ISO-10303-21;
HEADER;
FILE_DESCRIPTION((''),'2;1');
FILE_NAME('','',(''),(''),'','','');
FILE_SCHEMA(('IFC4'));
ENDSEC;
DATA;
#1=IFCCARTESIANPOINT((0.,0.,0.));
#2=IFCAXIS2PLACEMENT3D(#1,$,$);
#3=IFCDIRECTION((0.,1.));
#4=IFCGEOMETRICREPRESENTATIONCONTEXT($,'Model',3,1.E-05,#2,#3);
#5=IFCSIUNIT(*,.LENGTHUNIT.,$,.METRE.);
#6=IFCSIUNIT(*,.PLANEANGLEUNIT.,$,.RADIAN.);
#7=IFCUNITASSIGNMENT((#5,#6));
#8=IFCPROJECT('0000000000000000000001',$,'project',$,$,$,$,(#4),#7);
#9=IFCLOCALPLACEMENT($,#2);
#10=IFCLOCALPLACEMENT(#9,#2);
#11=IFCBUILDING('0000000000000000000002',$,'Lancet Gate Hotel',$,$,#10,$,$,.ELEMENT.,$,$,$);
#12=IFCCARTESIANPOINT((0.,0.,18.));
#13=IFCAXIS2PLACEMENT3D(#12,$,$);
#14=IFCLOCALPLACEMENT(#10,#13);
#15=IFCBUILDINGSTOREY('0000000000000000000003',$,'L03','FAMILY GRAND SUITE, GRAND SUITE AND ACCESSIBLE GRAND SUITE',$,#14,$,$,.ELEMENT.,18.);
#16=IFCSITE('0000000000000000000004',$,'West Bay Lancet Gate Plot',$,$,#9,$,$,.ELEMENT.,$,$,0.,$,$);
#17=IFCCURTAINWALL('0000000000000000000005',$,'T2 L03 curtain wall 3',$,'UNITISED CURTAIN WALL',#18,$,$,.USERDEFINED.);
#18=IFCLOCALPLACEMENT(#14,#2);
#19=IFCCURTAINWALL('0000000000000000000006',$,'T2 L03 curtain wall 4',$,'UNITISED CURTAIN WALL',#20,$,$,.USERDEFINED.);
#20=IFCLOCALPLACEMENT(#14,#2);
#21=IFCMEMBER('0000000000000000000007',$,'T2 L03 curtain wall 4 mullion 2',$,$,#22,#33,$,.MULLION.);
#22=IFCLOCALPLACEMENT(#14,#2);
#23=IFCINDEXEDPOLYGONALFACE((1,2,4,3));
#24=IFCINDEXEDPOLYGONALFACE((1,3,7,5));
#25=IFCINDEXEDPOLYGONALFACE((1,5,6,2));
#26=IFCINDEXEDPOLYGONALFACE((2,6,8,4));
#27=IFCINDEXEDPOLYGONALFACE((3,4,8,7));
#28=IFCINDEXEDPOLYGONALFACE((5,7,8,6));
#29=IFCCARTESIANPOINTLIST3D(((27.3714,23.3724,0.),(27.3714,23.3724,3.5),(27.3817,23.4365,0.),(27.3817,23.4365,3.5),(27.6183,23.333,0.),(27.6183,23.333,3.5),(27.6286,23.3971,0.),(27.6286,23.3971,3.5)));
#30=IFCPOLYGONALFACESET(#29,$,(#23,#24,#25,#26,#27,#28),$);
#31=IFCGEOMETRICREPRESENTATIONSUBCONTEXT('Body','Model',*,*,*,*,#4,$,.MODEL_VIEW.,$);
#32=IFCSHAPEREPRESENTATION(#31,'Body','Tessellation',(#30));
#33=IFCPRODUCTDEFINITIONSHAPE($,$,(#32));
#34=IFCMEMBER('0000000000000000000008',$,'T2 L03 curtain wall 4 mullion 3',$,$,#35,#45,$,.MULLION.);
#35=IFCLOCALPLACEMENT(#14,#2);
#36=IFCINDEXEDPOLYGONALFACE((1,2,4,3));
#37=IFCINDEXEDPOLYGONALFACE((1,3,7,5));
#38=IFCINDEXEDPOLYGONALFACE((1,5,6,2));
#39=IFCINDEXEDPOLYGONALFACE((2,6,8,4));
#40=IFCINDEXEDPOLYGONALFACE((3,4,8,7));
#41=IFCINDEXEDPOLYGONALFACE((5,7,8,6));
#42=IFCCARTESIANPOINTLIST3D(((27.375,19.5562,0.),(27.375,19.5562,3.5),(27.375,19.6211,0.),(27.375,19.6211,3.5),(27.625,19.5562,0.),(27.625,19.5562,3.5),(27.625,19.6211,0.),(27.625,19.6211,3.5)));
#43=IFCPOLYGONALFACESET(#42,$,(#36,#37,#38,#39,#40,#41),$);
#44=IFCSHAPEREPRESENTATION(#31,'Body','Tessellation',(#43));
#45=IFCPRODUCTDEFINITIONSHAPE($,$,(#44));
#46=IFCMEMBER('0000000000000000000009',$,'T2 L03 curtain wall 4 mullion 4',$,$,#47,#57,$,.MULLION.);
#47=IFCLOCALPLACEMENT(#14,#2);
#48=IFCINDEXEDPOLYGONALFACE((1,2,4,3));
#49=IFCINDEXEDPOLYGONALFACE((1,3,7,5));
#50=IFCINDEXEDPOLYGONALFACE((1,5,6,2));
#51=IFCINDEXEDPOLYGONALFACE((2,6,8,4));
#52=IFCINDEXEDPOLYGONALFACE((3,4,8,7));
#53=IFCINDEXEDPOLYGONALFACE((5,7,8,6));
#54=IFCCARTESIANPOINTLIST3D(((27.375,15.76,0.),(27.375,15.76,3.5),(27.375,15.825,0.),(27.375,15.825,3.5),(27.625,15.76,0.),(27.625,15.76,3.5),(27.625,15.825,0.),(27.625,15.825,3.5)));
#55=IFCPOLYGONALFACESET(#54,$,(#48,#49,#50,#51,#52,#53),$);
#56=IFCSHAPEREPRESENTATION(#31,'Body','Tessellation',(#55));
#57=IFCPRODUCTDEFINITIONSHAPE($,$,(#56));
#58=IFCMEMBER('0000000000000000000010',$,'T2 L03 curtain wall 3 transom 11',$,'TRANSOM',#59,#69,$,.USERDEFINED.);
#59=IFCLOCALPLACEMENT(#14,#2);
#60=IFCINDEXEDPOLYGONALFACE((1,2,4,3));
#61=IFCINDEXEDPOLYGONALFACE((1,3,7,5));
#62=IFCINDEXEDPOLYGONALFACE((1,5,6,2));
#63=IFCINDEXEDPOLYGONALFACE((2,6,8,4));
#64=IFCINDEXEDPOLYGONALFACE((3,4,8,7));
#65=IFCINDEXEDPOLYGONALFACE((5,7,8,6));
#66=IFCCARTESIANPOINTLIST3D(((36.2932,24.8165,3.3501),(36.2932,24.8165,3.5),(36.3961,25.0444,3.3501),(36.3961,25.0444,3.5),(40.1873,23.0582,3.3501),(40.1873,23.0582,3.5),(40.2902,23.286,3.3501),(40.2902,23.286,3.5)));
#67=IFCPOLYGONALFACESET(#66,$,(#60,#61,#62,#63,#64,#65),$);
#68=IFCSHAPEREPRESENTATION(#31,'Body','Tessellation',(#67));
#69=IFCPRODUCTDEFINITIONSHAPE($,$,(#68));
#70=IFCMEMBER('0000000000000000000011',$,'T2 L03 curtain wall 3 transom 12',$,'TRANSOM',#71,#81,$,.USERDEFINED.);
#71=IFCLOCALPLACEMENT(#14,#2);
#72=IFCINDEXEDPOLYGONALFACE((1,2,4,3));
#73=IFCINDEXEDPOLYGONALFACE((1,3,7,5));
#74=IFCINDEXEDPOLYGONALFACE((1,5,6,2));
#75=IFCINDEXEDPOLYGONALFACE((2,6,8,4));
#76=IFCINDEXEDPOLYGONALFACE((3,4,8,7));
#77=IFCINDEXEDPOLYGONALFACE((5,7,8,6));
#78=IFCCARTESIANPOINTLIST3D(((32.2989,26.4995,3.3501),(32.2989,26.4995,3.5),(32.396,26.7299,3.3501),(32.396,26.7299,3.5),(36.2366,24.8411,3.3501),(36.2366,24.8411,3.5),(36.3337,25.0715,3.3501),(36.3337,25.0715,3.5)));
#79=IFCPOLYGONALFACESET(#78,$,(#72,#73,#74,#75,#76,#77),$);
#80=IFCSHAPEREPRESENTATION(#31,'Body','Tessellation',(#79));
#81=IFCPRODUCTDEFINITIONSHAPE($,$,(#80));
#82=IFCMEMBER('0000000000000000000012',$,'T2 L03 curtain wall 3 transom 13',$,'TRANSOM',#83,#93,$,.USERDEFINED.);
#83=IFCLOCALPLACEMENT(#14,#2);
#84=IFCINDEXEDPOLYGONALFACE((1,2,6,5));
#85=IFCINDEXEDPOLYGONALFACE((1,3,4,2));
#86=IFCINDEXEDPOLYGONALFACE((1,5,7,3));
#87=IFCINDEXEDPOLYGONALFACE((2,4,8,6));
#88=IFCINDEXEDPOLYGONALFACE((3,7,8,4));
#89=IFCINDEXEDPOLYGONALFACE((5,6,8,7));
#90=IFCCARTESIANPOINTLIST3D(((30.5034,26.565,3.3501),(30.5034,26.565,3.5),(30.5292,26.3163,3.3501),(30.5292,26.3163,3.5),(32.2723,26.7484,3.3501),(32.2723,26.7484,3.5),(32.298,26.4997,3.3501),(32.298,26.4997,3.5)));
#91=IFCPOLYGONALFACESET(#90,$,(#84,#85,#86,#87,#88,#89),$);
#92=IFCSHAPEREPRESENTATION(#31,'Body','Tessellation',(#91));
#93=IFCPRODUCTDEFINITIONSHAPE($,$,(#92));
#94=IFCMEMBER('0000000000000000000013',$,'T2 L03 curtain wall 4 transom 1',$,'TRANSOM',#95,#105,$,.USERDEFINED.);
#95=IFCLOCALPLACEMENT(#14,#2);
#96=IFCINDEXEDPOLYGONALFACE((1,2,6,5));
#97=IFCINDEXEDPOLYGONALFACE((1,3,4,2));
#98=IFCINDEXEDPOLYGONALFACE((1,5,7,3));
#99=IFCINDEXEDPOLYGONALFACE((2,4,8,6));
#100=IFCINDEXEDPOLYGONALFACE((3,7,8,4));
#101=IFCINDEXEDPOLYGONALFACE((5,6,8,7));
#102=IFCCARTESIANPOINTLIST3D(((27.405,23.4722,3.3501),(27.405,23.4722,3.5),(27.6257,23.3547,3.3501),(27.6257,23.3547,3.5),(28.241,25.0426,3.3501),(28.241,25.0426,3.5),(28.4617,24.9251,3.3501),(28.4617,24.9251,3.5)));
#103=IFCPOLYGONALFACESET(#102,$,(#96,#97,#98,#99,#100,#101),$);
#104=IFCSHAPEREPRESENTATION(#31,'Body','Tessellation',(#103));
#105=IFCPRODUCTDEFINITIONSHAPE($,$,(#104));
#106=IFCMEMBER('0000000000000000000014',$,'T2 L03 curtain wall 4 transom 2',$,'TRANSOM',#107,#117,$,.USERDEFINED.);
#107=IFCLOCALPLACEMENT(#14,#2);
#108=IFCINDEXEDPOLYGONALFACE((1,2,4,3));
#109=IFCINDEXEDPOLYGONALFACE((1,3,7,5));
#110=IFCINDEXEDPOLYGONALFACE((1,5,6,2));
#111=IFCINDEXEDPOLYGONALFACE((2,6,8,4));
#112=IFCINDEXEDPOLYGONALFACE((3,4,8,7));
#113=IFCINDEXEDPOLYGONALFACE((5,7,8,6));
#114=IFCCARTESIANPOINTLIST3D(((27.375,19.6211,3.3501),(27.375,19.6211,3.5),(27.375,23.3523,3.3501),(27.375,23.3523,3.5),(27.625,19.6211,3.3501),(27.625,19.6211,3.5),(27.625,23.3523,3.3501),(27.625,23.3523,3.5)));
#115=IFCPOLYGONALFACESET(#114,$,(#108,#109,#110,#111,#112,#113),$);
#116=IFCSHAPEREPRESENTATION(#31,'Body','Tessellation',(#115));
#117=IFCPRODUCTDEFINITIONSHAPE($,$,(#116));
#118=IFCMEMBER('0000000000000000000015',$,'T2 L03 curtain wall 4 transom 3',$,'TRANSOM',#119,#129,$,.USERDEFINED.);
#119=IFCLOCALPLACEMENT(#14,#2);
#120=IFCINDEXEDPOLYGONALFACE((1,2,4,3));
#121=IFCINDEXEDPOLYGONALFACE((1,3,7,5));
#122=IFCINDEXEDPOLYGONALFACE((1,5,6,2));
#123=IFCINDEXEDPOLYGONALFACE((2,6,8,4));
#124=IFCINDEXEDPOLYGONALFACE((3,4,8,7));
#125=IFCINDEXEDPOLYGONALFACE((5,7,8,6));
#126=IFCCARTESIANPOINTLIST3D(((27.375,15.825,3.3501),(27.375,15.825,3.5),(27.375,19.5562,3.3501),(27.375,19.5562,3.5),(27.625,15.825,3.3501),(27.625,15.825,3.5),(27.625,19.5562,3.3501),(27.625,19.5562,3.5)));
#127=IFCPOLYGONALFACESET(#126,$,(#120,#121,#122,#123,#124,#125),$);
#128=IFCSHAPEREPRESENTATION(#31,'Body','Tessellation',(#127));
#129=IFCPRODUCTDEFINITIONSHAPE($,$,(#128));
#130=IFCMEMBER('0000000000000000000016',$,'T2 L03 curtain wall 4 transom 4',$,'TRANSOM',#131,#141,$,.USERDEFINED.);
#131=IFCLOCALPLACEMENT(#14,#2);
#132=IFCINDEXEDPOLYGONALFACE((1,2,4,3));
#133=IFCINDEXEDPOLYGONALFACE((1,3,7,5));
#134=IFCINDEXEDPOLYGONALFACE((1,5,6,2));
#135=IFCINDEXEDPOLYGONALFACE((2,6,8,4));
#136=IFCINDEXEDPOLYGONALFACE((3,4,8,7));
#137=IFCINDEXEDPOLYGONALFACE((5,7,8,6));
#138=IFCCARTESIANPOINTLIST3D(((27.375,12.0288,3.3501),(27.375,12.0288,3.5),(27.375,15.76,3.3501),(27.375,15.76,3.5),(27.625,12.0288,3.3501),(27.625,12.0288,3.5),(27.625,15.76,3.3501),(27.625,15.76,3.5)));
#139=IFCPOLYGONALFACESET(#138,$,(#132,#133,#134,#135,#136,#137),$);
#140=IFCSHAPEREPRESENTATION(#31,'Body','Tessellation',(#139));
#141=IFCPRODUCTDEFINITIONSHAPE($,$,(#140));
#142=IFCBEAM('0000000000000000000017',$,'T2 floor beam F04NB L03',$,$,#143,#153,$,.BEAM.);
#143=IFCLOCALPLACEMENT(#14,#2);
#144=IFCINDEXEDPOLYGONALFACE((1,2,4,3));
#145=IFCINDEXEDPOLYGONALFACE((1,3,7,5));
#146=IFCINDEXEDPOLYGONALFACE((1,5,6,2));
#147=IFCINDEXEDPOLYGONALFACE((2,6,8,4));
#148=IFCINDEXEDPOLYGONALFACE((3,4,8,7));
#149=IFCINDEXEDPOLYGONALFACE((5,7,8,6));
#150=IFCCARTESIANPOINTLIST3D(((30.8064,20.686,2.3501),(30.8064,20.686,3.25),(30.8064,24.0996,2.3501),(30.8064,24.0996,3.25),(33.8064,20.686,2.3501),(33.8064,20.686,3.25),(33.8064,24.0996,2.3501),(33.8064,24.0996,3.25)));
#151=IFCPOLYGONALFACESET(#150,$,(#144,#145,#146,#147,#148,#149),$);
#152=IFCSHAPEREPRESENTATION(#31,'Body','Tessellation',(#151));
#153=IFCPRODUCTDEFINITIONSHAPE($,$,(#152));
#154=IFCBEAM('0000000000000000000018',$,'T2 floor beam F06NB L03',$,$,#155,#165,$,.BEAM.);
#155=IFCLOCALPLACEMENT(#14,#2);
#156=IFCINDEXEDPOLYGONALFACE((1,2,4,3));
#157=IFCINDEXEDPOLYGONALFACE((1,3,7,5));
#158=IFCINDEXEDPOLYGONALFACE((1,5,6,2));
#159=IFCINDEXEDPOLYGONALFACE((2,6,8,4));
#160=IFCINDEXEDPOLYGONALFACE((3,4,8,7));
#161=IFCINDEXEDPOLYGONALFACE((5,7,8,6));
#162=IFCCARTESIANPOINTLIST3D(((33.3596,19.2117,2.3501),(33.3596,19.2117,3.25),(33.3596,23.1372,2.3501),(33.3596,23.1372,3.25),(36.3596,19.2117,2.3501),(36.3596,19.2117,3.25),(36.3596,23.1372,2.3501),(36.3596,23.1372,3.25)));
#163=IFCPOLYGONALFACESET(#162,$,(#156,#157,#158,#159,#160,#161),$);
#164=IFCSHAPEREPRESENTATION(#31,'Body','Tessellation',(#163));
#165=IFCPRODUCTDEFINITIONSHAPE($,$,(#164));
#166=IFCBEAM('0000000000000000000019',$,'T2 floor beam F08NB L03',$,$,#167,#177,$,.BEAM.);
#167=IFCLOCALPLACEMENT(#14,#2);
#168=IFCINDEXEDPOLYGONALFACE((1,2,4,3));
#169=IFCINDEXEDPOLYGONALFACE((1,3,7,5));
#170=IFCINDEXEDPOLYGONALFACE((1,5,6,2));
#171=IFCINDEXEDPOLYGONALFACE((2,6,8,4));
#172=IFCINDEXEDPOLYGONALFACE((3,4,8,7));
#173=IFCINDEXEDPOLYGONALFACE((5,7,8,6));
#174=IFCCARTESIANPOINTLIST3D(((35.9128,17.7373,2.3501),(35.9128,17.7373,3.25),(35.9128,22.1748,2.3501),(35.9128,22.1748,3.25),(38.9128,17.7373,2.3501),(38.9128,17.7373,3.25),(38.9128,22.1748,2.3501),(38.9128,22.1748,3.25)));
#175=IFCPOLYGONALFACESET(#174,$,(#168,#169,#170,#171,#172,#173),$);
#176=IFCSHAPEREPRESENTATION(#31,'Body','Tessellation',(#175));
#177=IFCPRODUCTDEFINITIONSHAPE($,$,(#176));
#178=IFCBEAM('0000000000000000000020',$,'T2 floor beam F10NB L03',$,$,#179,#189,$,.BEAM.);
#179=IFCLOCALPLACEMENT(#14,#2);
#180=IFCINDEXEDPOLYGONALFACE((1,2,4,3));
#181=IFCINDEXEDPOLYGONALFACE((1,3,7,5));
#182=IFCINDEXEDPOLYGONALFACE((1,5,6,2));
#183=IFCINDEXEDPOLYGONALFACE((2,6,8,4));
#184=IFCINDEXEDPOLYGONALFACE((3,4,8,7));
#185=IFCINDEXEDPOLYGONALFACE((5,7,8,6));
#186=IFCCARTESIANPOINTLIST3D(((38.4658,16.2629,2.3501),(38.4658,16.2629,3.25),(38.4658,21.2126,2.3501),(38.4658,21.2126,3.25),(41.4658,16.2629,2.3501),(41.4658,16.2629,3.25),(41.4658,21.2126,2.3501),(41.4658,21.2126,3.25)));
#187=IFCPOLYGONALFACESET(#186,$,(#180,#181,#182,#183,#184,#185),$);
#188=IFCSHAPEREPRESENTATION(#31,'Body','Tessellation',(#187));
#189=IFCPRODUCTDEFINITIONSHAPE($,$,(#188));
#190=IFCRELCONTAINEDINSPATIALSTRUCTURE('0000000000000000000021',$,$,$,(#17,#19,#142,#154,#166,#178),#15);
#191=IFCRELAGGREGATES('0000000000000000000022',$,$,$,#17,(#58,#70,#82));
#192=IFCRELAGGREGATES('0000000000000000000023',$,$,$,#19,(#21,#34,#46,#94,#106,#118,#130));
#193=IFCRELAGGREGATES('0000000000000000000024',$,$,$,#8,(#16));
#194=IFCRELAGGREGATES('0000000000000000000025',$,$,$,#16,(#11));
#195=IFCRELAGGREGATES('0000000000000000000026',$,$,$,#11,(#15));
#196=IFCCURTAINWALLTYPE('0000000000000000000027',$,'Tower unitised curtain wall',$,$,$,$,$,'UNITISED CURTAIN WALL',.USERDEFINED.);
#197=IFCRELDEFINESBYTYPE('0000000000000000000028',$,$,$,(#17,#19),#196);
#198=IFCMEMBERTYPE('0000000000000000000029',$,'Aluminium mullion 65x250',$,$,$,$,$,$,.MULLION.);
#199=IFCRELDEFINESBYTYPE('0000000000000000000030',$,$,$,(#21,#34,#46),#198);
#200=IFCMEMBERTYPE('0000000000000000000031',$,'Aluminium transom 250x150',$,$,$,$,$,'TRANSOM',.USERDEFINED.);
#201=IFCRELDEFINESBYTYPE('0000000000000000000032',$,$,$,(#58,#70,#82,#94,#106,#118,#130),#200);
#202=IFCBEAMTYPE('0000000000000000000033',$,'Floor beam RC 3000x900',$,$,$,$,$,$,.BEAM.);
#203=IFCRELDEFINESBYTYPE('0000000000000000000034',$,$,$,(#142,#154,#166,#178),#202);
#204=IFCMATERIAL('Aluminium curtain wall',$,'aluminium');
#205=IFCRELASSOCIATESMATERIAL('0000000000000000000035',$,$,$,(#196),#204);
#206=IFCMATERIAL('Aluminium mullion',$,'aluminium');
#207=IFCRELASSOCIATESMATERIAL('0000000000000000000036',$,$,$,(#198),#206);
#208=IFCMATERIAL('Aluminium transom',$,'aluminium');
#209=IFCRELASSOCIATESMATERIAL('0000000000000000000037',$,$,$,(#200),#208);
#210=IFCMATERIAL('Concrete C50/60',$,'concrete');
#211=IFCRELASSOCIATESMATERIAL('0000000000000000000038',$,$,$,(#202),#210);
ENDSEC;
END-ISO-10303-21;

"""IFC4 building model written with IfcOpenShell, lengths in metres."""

from ifc_helpers import new_model, si_unit, direction, frame, origin, origin_2d, place, context, subcontext, project, spatial, rectangle, extrude, material, material_profile, profile_set, type_object, element, aggregate, save


model = new_model("IFC4")

# Units and contexts
model_context = context("Model", 3, precision=1e-05, world=origin(), true_north=direction((0.0, 1.0)))
body_context = subcontext(model_context, "Body", "Model", "MODEL_VIEW")
ifc_project = project(units=[si_unit("LENGTHUNIT", "METRE"), si_unit("PLANEANGLEUNIT", "RADIAN")], contexts=[model_context])

# Site, building, storey
site_placement = place(None, origin())
site = spatial("IfcSite", under=ifc_project, at=site_placement, Name="West Bay Lancet Gate Plot", CompositionType="ELEMENT", RefElevation=0.0)
building_placement = place(site_placement, origin())
building = spatial("IfcBuilding", under=site, at=building_placement, Name="Lancet Gate Hotel", CompositionType="ELEMENT")
storey_placement = place(building_placement, frame((0.0, 0.0, 18.0)))
storey = spatial("IfcBuildingStorey", under=building, at=storey_placement, Name="L03", Description="FAMILY GRAND SUITE, GRAND SUITE AND ACCESSIBLE GRAND SUITE", CompositionType="ELEMENT", Elevation=18.0)

# Curtain walls, members
ifc_material_1 = material(Name="Aluminium curtain wall", Category="aluminium")
curtain_wall_type = type_object("IfcCurtainWallType", Name="Tower unitised curtain wall", ElementType="UNITISED CURTAIN WALL", PredefinedType="USERDEFINED", material=ifc_material_1)
curtain_wall_1_placement = place(storey_placement, origin())
curtain_wall_1 = element("IfcCurtainWall", 1, at=curtain_wall_1_placement, inside=storey, type_object=curtain_wall_type, Name="T2 L03 curtain wall 3", ObjectType="UNITISED CURTAIN WALL", PredefinedType="USERDEFINED")
ifc_material_2 = material(Name="Aluminium mullion", Category="aluminium")
ifc_material_profile_1 = material_profile(ifc_material_2, rectangle(XDim=0.0649, YDim=0.25, at=origin_2d()), Name="MULLION 65x250")
ifc_profile_set_1 = profile_set([ifc_material_profile_1], Name="Aluminium mullion")
member_type_1 = type_object("IfcMemberType", Name="Aluminium mullion 65x250", PredefinedType="MULLION", material=ifc_profile_set_1)
curtain_wall_2_placement = place(storey_placement, origin())
curtain_wall_2 = element("IfcCurtainWall", 2, at=curtain_wall_2_placement, inside=storey, type_object=curtain_wall_type, Name="T2 L03 curtain wall 4", ObjectType="UNITISED CURTAIN WALL", PredefinedType="USERDEFINED")
member_1_placement = place(storey_placement, frame((27.5, 23.3848, 0.0), z_axis=(0.0, 0.0, 1.0), x_axis=(-0.157752, -0.987479, 0.0)))
member_1 = element("IfcMember", 3, at=member_1_placement, type_object=member_type_1, Name="T2 L03 curtain wall 4 mullion 2", PredefinedType="MULLION", context=body_context, shape_type="SweptSolid", body=[
    extrude(rectangle(XDim=0.0649, YDim=0.25, at=origin_2d()), origin(), (0.0, 0.0, 1.0), 3.5),
])
member_2_placement = place(storey_placement, frame((27.5, 19.5886, 0.0), z_axis=(0.0, 0.0, 1.0), x_axis=(0.0, -1.0, 0.0)))
member_2 = element("IfcMember", 4, at=member_2_placement, type_object=member_type_1, Name="T2 L03 curtain wall 4 mullion 3", PredefinedType="MULLION", context=body_context, shape_type="SweptSolid", body=[
    extrude(rectangle(XDim=0.0649, YDim=0.25, at=origin_2d()), origin(), (0.0, 0.0, 1.0), 3.5),
])
member_3_placement = place(storey_placement, frame((27.5, 15.7925, 0.0), z_axis=(0.0, 0.0, 1.0), x_axis=(0.0, -1.0, 0.0)))
member_3 = element("IfcMember", 5, at=member_3_placement, type_object=member_type_1, Name="T2 L03 curtain wall 4 mullion 4", PredefinedType="MULLION", context=body_context, shape_type="SweptSolid", body=[
    extrude(rectangle(XDim=0.0649, YDim=0.25, at=origin_2d()), origin(), (0.0, 0.0, 1.0), 3.5),
])

# Members
ifc_material_3 = material(Name="Aluminium transom", Category="aluminium")
ifc_material_profile_2 = material_profile(ifc_material_3, rectangle(XDim=0.25, YDim=0.1499, at=origin_2d()), Name="TRANSOM 250x150")
ifc_profile_set_2 = profile_set([ifc_material_profile_2], Name="Aluminium transom")
member_type_2 = type_object("IfcMemberType", Name="Aluminium transom 250x150", ElementType="TRANSOM", PredefinedType="USERDEFINED", material=ifc_profile_set_2)
member_4_placement = place(storey_placement, frame((40.2388, 23.1721, 3.425), z_axis=(-0.911397, 0.411529, 0.0), x_axis=(-0.411529, -0.911397, 0.0)))
member_4 = element("IfcMember", 6, at=member_4_placement, type_object=member_type_2, Name="T2 L03 curtain wall 3 transom 11", ObjectType="TRANSOM", PredefinedType="USERDEFINED", context=body_context, shape_type="SweptSolid", body=[
    extrude(rectangle(XDim=0.25, YDim=0.1499, at=origin_2d()), origin(), (0.0, 0.0, 1.0), 4.2727),
])
member_5_placement = place(storey_placement, frame((36.2852, 24.9563, 3.425), z_axis=(-0.921598, 0.388146, 0.0), x_axis=(-0.388146, -0.921598, 0.0)))
member_5 = element("IfcMember", 7, at=member_5_placement, type_object=member_type_2, Name="T2 L03 curtain wall 3 transom 12", ObjectType="TRANSOM", PredefinedType="USERDEFINED", context=body_context, shape_type="SweptSolid", body=[
    extrude(rectangle(XDim=0.25, YDim=0.1499, at=origin_2d()), origin(), (0.0, 0.0, 1.0), 4.2727),
])
member_6_placement = place(storey_placement, frame((32.2852, 26.624, 3.425), z_axis=(-0.99467, -0.103105, 0.0), x_axis=(0.103105, -0.99467, 0.0)))
member_6 = element("IfcMember", 8, at=member_6_placement, type_object=member_type_2, Name="T2 L03 curtain wall 3 transom 13", ObjectType="TRANSOM", PredefinedType="USERDEFINED", context=body_context, shape_type="SweptSolid", body=[
    extrude(rectangle(XDim=0.25, YDim=0.1499, at=origin_2d()), origin(), (0.0, 0.0, 1.0), 1.7783),
])
member_7_placement = place(storey_placement, frame((28.3513, 24.9839, 3.425), z_axis=(-0.469904, -0.882717, 0.0), x_axis=(0.882717, -0.469904, 0.0)))
member_7 = element("IfcMember", 9, at=member_7_placement, type_object=member_type_2, Name="T2 L03 curtain wall 4 transom 1", ObjectType="TRANSOM", PredefinedType="USERDEFINED", context=body_context, shape_type="SweptSolid", body=[
    extrude(rectangle(XDim=0.25, YDim=0.1499, at=origin_2d()), origin(), (0.0, 0.0, 1.0), 1.7791),
])
member_8_placement = place(storey_placement, frame((27.5, 23.3523, 3.425), z_axis=(0.0, -1.0, 0.0), x_axis=(1.0, 0.0, 0.0)))
member_8 = element("IfcMember", 10, at=member_8_placement, type_object=member_type_2, Name="T2 L03 curtain wall 4 transom 2", ObjectType="TRANSOM", PredefinedType="USERDEFINED", context=body_context, shape_type="SweptSolid", body=[
    extrude(rectangle(XDim=0.25, YDim=0.1499, at=origin_2d()), origin(), (0.0, 0.0, 1.0), 3.7312),
])
member_9_placement = place(storey_placement, frame((27.5, 19.5562, 3.425), z_axis=(0.0, -1.0, 0.0), x_axis=(1.0, 0.0, 0.0)))
member_9 = element("IfcMember", 11, at=member_9_placement, type_object=member_type_2, Name="T2 L03 curtain wall 4 transom 3", ObjectType="TRANSOM", PredefinedType="USERDEFINED", context=body_context, shape_type="SweptSolid", body=[
    extrude(rectangle(XDim=0.25, YDim=0.1499, at=origin_2d()), origin(), (0.0, 0.0, 1.0), 3.7312),
])
member_10_placement = place(storey_placement, frame((27.5, 15.76, 3.425), z_axis=(0.0, -1.0, 0.0), x_axis=(1.0, 0.0, 0.0)))
member_10 = element("IfcMember", 12, at=member_10_placement, type_object=member_type_2, Name="T2 L03 curtain wall 4 transom 4", ObjectType="TRANSOM", PredefinedType="USERDEFINED", context=body_context, shape_type="SweptSolid", body=[
    extrude(rectangle(XDim=0.25, YDim=0.1499, at=origin_2d()), origin(), (0.0, 0.0, 1.0), 3.7312),
])

# Beams
ifc_material_4 = material(Name="Concrete C50/60", Category="concrete")
ifc_material_profile_3 = material_profile(ifc_material_4, rectangle(XDim=3.0, YDim=0.8999, at=origin_2d()), Name="RC 3000x900")
ifc_profile_set_3 = profile_set([ifc_material_profile_3], Name="Concrete C50/60")
beam_type_1 = type_object("IfcBeamType", Name="Floor beam RC 3000x900", PredefinedType="BEAM", material=ifc_profile_set_3)
beam_1_placement = place(storey_placement, frame((32.3064, 20.686, 2.8), z_axis=(0.0, 1.0, 0.0), x_axis=(-1.0, 0.0, 0.0)))
element("IfcBeam", 13, at=beam_1_placement, inside=storey, type_object=beam_type_1, Name="T2 floor beam F04NB L03", PredefinedType="BEAM", context=body_context, shape_type="SweptSolid", body=[
    extrude(rectangle(XDim=3.0, YDim=0.8999, at=origin_2d()), origin(), (0.0, 0.0, 1.0), 3.4136),
])
beam_2_placement = place(storey_placement, frame((34.8596, 19.2117, 2.8), z_axis=(0.0, 1.0, 0.0), x_axis=(-1.0, 0.0, 0.0)))
element("IfcBeam", 14, at=beam_2_placement, inside=storey, type_object=beam_type_1, Name="T2 floor beam F06NB L03", PredefinedType="BEAM", context=body_context, shape_type="SweptSolid", body=[
    extrude(rectangle(XDim=3.0, YDim=0.8999, at=origin_2d()), origin(), (0.0, 0.0, 1.0), 3.9255),
])
beam_3_placement = place(storey_placement, frame((37.4128, 17.7373, 2.8), z_axis=(0.0, 1.0, 0.0), x_axis=(-1.0, 0.0, 0.0)))
element("IfcBeam", 15, at=beam_3_placement, inside=storey, type_object=beam_type_1, Name="T2 floor beam F08NB L03", PredefinedType="BEAM", context=body_context, shape_type="SweptSolid", body=[
    extrude(rectangle(XDim=3.0, YDim=0.8999, at=origin_2d()), origin(), (0.0, 0.0, 1.0), 4.4375),
])
beam_4_placement = place(storey_placement, frame((39.9658, 16.2629, 2.8), z_axis=(0.0, 1.0, 0.0), x_axis=(-1.0, 0.0, 0.0)))
element("IfcBeam", 16, at=beam_4_placement, inside=storey, type_object=beam_type_1, Name="T2 floor beam F10NB L03", PredefinedType="BEAM", context=body_context, shape_type="SweptSolid", body=[
    extrude(rectangle(XDim=3.0, YDim=0.8999, at=origin_2d()), origin(), (0.0, 0.0, 1.0), 4.9497),
])

aggregate(curtain_wall_1, [member_4, member_5, member_6])
aggregate(curtain_wall_2, [member_1, member_2, member_3, member_7, member_8, member_9, member_10])

save(model, "model.ifc")
